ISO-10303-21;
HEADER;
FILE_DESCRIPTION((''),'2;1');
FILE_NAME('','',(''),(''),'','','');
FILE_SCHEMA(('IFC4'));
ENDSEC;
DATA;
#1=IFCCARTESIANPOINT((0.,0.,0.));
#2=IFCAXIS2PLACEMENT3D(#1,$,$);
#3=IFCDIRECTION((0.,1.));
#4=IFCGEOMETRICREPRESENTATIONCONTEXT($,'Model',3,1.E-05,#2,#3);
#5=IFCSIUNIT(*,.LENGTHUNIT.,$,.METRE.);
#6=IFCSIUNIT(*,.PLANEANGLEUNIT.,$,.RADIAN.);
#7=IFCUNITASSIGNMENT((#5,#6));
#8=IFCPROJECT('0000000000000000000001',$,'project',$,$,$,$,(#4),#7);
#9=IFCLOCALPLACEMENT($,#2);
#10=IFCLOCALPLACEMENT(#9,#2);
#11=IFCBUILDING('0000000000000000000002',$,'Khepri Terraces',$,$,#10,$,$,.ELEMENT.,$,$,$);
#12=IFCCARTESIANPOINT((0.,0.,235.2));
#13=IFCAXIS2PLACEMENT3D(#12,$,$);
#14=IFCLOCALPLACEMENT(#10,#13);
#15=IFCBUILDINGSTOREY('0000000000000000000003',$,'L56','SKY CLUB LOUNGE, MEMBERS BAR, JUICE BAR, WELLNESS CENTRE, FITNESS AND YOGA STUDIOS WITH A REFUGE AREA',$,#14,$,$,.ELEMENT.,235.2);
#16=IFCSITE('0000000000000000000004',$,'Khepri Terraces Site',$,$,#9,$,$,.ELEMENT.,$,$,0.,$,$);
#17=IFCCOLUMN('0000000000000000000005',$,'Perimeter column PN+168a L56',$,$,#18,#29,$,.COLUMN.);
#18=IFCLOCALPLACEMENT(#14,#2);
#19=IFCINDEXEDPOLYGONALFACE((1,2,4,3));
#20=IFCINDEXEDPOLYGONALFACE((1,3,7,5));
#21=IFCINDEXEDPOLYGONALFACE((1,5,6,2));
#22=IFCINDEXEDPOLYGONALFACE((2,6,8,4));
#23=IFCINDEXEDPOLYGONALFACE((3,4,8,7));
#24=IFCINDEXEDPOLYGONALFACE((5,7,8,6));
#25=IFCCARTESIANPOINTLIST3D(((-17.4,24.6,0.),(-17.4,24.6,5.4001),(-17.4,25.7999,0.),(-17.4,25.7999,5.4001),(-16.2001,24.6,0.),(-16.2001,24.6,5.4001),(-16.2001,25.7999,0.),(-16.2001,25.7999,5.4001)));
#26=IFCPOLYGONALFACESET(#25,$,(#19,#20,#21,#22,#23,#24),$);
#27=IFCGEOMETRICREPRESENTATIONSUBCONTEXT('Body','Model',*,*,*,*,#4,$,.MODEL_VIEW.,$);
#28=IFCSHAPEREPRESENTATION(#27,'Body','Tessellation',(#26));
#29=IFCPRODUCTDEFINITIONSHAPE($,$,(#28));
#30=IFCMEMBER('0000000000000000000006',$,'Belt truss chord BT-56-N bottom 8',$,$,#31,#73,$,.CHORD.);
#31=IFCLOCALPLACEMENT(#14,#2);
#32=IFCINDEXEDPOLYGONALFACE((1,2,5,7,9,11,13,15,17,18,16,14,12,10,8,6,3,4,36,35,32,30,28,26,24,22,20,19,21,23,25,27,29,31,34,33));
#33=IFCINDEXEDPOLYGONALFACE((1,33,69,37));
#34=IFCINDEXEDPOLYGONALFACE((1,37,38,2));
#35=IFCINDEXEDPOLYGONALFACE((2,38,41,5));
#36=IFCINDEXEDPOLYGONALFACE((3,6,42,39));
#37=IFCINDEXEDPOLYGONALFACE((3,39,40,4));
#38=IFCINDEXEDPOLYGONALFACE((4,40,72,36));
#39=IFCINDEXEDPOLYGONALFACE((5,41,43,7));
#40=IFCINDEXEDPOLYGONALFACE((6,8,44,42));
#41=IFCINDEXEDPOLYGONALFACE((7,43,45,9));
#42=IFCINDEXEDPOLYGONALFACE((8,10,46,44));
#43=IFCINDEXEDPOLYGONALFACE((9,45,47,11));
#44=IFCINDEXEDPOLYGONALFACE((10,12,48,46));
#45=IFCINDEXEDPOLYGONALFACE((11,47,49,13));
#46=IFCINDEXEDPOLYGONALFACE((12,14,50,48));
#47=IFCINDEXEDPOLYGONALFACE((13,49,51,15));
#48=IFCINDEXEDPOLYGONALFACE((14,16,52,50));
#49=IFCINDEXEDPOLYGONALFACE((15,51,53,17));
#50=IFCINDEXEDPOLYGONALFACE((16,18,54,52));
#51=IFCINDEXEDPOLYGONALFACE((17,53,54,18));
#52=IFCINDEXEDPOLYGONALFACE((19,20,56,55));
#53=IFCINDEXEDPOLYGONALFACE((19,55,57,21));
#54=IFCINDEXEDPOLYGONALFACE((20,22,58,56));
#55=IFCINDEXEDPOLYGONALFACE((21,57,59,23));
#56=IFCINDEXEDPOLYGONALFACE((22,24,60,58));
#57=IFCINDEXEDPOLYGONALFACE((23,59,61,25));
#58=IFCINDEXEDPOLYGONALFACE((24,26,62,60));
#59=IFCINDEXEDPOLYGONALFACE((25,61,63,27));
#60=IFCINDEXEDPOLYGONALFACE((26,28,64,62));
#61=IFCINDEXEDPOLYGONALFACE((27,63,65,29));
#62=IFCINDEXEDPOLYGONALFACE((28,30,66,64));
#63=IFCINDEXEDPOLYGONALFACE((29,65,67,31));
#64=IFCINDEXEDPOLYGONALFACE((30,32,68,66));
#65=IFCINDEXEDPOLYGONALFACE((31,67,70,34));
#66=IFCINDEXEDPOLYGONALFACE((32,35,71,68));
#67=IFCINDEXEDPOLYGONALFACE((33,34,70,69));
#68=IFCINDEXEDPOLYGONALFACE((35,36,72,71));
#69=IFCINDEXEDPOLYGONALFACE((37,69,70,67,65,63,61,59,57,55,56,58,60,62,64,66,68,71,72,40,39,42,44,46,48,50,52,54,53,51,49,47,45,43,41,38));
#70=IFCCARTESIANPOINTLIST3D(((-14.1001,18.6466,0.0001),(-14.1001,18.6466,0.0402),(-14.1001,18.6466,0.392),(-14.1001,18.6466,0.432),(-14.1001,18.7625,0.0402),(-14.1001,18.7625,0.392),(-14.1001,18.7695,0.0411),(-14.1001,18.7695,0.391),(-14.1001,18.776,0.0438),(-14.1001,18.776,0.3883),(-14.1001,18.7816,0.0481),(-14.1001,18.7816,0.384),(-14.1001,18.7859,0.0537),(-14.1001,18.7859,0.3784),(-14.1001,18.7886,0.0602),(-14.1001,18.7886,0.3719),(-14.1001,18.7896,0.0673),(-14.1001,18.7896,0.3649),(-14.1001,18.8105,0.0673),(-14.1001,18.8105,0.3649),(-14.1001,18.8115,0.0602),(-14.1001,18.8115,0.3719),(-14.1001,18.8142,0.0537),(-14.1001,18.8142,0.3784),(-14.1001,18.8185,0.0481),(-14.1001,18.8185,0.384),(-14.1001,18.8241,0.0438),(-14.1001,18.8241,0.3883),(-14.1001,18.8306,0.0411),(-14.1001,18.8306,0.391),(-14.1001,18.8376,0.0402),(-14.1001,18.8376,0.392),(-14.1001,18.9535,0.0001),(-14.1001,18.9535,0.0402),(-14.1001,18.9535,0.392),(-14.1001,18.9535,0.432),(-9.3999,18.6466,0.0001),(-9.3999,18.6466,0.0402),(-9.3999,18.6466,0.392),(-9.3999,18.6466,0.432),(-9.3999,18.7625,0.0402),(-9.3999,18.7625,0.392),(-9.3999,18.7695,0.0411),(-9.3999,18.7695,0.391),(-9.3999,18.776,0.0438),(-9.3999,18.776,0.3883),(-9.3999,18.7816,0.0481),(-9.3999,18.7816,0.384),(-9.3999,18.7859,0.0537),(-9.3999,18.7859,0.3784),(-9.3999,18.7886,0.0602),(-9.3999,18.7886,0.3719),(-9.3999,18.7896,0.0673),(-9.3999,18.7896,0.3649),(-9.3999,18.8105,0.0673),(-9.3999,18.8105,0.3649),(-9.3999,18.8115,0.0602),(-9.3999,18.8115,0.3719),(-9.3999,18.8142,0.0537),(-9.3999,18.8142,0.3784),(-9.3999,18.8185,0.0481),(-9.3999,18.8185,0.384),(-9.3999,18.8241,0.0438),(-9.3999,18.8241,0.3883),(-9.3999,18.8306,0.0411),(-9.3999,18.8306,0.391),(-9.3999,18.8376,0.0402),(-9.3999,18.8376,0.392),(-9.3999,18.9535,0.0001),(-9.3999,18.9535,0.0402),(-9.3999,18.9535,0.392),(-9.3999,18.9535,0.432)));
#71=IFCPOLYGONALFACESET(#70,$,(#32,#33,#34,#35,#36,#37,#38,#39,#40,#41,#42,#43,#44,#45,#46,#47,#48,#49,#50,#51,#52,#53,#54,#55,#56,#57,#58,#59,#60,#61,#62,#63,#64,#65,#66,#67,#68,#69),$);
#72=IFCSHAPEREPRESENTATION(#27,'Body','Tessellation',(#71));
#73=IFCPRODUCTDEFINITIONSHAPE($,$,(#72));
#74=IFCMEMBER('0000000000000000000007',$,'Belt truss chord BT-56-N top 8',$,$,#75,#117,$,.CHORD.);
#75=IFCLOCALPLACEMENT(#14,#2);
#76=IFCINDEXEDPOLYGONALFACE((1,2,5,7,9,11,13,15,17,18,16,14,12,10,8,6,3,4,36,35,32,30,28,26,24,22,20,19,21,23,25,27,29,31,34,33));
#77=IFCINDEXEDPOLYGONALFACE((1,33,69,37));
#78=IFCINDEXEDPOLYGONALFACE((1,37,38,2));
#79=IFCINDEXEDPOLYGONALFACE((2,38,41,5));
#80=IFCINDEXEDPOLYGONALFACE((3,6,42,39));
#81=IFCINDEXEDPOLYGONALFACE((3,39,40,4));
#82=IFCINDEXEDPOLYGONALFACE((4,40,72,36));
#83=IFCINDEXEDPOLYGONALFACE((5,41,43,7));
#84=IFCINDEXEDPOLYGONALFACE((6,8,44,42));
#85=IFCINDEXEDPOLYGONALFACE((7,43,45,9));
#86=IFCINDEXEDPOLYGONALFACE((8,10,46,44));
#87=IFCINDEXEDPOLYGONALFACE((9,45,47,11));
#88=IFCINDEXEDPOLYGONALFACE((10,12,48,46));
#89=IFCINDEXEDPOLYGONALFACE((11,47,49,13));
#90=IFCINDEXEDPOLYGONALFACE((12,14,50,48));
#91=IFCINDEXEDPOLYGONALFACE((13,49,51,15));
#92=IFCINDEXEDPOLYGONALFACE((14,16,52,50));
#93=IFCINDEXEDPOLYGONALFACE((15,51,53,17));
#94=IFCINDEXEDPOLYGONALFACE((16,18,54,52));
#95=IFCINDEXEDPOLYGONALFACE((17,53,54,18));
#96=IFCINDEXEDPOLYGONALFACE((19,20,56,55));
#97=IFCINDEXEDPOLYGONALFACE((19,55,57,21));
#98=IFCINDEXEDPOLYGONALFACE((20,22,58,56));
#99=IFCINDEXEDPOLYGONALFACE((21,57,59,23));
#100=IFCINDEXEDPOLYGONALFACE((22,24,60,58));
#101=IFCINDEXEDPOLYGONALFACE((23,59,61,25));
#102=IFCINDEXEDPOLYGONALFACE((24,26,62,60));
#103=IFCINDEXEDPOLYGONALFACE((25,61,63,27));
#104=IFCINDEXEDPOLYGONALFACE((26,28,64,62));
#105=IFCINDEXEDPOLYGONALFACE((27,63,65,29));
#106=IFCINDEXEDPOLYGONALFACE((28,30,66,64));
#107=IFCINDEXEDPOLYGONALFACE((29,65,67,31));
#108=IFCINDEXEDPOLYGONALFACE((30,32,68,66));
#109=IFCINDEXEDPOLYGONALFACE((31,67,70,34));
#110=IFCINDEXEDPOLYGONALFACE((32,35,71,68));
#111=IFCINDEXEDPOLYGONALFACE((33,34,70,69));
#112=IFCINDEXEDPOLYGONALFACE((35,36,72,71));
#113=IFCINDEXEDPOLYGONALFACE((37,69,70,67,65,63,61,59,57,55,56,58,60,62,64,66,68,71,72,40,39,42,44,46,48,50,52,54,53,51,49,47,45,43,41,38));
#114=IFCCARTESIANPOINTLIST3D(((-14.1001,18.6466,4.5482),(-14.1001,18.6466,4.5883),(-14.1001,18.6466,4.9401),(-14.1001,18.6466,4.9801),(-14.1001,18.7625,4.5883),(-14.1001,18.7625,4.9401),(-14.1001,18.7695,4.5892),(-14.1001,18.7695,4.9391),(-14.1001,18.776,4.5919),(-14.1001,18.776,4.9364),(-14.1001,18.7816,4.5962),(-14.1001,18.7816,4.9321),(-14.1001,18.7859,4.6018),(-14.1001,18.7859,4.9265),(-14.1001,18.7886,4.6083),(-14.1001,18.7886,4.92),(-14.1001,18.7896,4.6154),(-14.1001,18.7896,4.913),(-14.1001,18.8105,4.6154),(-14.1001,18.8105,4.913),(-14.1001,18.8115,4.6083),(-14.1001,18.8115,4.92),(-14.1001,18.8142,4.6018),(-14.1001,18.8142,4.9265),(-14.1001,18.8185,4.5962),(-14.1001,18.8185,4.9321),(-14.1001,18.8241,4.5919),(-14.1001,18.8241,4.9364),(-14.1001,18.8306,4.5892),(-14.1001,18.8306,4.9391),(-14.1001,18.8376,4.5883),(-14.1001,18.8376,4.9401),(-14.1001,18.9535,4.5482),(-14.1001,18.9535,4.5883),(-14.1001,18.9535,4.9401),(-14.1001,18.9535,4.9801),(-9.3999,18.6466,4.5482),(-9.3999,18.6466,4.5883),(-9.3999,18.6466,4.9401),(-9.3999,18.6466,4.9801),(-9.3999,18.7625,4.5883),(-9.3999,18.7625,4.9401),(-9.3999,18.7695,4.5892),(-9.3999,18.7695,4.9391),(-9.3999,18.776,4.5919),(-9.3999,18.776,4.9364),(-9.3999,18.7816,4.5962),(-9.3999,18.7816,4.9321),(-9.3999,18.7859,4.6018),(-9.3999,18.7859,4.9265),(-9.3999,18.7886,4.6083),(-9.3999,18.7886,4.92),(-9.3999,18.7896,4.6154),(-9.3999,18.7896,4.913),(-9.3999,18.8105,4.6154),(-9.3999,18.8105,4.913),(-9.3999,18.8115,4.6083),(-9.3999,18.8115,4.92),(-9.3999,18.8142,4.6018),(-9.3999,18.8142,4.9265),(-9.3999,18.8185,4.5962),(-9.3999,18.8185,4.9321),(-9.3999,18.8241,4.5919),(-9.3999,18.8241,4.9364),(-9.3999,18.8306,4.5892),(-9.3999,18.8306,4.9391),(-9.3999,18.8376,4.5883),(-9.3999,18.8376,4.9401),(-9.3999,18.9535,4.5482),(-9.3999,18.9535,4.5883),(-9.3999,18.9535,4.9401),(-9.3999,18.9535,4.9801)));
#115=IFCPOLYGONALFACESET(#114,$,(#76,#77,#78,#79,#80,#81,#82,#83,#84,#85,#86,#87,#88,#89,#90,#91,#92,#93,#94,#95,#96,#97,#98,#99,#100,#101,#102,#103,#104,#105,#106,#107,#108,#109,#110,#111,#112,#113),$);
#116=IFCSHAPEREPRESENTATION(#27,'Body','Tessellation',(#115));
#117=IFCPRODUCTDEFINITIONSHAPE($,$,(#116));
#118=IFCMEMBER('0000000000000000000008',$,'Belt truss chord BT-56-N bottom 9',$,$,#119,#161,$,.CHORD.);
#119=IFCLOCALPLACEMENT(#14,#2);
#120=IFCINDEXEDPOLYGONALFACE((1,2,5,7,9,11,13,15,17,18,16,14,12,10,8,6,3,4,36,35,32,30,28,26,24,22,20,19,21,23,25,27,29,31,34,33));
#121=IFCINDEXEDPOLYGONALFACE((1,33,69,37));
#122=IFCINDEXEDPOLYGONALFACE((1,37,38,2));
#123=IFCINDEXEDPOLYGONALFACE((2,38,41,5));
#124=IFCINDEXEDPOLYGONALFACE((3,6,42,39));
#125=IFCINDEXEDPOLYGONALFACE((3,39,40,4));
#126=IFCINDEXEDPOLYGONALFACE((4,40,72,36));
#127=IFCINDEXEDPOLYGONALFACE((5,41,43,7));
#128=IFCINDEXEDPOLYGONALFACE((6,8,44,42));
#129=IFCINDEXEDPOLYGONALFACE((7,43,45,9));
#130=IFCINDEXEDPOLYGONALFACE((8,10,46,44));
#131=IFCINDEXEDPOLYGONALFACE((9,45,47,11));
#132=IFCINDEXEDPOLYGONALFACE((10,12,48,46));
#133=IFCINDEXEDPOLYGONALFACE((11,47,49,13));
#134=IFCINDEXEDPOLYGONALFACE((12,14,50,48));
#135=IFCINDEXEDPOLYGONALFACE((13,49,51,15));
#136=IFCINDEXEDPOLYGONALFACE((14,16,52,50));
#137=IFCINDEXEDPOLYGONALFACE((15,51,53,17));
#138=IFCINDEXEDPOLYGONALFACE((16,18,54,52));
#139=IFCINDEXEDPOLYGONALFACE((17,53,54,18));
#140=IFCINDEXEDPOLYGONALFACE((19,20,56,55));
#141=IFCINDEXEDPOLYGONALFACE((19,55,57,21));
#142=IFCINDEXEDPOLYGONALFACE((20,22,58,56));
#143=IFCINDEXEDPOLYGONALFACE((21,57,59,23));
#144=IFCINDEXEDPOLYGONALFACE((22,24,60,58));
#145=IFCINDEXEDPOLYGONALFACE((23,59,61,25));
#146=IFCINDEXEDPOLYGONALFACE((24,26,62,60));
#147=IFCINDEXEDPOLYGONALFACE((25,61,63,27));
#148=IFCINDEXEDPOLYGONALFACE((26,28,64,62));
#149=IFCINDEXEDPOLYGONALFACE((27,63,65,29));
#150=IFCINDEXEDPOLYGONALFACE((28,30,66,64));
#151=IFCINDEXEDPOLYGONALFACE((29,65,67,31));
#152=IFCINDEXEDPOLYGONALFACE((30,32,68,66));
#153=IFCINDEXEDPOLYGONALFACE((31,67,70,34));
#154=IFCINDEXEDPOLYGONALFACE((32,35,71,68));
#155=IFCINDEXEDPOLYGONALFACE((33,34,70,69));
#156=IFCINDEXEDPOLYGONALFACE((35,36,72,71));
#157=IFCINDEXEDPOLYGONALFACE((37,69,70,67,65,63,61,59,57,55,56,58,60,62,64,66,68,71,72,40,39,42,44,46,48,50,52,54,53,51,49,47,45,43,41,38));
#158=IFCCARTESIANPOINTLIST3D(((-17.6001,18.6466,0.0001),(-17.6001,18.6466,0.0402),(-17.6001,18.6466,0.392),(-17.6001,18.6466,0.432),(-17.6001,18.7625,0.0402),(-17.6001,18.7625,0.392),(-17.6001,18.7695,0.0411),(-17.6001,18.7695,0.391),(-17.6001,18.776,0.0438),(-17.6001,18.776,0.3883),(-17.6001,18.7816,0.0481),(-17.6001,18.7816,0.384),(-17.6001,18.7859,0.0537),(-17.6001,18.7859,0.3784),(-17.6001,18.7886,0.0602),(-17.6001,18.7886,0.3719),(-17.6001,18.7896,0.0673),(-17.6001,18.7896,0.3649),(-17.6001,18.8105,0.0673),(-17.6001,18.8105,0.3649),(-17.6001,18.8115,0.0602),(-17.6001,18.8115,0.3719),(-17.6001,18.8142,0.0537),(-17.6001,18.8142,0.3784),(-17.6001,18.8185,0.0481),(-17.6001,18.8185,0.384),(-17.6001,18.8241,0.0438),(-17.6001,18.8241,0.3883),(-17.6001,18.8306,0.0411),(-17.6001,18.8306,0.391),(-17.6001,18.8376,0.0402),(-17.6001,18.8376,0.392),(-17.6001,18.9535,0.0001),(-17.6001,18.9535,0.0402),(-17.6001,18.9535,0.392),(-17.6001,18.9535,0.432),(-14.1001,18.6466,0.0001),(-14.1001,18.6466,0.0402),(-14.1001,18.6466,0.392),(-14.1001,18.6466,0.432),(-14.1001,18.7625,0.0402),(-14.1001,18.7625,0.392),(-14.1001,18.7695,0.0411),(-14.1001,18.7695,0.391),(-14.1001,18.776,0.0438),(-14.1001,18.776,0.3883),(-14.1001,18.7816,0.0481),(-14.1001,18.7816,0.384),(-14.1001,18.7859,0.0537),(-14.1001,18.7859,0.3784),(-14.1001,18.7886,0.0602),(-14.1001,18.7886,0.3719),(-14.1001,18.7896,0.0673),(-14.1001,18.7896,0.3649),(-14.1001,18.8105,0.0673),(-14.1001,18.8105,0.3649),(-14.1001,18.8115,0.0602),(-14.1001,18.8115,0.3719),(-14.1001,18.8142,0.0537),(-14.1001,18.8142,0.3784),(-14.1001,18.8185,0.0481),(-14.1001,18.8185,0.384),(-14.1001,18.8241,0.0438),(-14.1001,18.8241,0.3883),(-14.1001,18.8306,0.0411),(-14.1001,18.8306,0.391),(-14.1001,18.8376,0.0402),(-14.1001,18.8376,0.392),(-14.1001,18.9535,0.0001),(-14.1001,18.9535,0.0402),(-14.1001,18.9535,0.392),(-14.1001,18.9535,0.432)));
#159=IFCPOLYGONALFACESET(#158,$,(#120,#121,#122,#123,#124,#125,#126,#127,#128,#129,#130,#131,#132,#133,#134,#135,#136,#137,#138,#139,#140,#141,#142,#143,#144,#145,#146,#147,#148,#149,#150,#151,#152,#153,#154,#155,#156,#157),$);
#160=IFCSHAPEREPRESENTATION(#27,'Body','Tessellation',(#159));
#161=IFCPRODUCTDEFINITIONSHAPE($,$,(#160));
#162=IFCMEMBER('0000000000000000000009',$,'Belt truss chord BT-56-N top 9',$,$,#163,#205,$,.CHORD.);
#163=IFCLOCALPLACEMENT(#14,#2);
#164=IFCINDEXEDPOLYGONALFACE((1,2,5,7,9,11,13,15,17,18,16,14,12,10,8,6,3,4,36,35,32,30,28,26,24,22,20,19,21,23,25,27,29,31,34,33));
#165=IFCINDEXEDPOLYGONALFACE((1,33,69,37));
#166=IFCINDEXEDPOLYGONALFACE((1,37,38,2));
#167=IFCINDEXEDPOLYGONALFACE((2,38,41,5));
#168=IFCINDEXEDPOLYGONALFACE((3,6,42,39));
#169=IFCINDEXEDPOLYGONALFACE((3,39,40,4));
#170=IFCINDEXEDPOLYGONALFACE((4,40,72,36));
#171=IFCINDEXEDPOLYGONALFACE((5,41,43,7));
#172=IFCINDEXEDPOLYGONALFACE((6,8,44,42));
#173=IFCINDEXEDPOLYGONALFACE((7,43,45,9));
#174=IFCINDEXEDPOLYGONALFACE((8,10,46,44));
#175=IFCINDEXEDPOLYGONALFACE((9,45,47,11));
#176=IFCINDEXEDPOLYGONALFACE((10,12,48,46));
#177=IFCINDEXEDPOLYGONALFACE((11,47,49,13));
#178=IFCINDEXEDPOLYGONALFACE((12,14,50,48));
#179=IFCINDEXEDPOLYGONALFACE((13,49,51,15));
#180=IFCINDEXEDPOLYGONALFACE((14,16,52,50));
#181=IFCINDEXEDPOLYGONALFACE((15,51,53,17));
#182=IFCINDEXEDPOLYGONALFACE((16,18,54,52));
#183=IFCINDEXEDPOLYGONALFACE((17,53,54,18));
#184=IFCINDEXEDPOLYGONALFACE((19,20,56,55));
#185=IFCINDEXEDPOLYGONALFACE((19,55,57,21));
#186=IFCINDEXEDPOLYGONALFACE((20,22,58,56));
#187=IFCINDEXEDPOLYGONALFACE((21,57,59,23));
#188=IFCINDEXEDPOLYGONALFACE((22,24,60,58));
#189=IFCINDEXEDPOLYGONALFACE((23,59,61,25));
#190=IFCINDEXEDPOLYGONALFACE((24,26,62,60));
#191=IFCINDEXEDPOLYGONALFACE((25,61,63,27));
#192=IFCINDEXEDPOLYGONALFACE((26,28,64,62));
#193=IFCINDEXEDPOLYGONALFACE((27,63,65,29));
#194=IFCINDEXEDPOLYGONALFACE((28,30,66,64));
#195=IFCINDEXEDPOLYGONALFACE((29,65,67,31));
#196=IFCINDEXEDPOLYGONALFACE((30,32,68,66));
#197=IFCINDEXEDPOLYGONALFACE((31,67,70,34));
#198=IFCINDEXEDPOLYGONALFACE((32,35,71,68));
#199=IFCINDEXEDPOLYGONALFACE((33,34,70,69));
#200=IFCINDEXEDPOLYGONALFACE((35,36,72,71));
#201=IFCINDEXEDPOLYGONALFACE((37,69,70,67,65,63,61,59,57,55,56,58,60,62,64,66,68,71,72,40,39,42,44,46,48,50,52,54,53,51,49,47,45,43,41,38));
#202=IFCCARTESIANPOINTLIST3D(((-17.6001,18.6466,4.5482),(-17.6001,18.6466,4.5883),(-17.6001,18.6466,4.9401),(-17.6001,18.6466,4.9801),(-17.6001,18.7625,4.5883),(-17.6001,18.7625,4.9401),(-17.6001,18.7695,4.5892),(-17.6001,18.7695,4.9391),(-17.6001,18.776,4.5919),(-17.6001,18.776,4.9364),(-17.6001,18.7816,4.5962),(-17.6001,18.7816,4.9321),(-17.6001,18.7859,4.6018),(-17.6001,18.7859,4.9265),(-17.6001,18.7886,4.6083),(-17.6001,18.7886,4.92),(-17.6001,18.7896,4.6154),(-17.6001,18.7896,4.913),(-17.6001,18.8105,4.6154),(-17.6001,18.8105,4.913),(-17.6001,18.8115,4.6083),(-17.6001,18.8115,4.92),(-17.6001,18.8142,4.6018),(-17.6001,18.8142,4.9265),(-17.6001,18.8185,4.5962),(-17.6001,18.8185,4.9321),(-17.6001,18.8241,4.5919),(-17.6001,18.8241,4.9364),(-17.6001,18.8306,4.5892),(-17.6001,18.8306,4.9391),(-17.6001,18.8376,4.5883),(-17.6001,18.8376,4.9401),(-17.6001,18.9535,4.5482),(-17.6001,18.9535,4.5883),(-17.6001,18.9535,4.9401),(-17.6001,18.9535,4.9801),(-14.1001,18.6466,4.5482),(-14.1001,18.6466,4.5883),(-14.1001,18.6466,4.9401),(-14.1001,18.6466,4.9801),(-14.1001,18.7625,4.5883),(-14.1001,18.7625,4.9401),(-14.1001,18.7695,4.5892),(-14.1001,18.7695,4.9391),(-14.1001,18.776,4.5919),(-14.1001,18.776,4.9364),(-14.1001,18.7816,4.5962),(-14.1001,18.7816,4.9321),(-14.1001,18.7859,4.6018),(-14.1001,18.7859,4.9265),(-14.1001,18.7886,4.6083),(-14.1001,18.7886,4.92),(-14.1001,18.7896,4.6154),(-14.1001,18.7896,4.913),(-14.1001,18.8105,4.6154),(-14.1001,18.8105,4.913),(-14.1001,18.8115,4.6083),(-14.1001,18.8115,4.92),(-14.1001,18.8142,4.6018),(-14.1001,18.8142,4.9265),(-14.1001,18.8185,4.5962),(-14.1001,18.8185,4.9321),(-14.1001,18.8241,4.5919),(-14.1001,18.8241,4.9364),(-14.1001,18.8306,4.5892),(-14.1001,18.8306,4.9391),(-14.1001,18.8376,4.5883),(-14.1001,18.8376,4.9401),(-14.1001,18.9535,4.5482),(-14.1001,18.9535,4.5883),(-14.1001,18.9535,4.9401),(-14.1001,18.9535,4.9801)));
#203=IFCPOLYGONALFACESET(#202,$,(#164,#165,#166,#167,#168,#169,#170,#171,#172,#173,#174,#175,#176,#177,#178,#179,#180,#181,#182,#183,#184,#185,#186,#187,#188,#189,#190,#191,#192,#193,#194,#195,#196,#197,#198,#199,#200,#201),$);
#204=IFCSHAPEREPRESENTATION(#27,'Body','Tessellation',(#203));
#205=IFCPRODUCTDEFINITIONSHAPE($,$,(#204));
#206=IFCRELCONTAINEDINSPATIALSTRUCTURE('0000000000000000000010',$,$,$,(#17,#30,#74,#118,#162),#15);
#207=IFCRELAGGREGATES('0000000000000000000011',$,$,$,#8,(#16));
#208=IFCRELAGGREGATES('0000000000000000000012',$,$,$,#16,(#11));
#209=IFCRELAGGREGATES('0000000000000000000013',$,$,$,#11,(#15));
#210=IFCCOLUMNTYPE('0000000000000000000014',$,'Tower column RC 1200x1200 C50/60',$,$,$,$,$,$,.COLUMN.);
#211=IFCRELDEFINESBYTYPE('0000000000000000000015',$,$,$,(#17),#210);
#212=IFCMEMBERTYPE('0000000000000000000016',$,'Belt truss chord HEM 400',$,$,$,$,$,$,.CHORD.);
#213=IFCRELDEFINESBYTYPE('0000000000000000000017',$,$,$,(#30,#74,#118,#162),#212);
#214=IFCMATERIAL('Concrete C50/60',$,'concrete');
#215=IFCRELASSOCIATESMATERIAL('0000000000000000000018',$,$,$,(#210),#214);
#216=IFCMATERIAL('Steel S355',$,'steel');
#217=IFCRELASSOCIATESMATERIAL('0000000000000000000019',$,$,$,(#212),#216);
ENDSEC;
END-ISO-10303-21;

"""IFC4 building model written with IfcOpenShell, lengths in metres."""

from ifc_helpers import new_model, si_unit, direction, frame, origin, origin_2d, place, context, subcontext, project, spatial, rectangle, i_section, extrude, material, material_profile, profile_set, type_object, element, save


model = new_model("IFC4")

# Units and contexts
model_context = context("Model", 3, precision=1e-05, world=origin(), true_north=direction((0.0, 1.0)))
body_context = subcontext(model_context, "Body", "Model", "MODEL_VIEW")
ifc_project = project(units=[si_unit("LENGTHUNIT", "METRE"), si_unit("PLANEANGLEUNIT", "RADIAN")], contexts=[model_context])

# Site, building, storey
site_placement = place(None, origin())
site = spatial("IfcSite", under=ifc_project, at=site_placement, Name="Khepri Terraces Site", CompositionType="ELEMENT", RefElevation=0.0)
building_placement = place(site_placement, origin())
building = spatial("IfcBuilding", under=site, at=building_placement, Name="Khepri Terraces", CompositionType="ELEMENT")
storey_placement = place(building_placement, frame((0.0, 0.0, 235.2)))
storey = spatial("IfcBuildingStorey", under=building, at=storey_placement, Name="L56", Description="SKY CLUB LOUNGE, MEMBERS BAR, JUICE BAR, WELLNESS CENTRE, FITNESS AND YOGA STUDIOS WITH A REFUGE AREA", CompositionType="ELEMENT", Elevation=235.2)

# Column
ifc_material_1 = material(Name="Concrete C50/60", Category="concrete")
ifc_material_profile_1 = material_profile(ifc_material_1, rectangle(XDim=1.2, YDim=1.2, at=origin_2d()), Name="Concrete C50/60", Category="concrete")
ifc_profile_set_1 = profile_set([ifc_material_profile_1], Name="Concrete C50/60")
column_type = type_object("IfcColumnType", Name="Tower column RC 1200x1200 C50/60", PredefinedType="COLUMN", material=ifc_profile_set_1)
column_placement = place(storey_placement, frame((-16.8, 25.2, 0.0), z_axis=(0.0, 0.0, 1.0), x_axis=(1.0, 0.0, 0.0)))
element("IfcColumn", 1, at=column_placement, inside=storey, type_object=column_type, Name="Perimeter column PN+168a L56", PredefinedType="COLUMN", context=body_context, shape_type="SweptSolid", body=[
    extrude(rectangle(XDim=1.2, YDim=1.2, at=origin_2d()), origin(), (0.0, 0.0, 1.0), 5.4001),
])

# Members
ifc_material_2 = material(Name="Steel S355", Category="steel")
ifc_material_profile_2 = material_profile(ifc_material_2, i_section(OverallWidth=0.3069, OverallDepth=0.4319, WebThickness=0.021, FlangeThickness=0.04, FilletRadius=0.0271, at=origin_2d()), Name="Steel S355", Category="steel")
ifc_profile_set_2 = profile_set([ifc_material_profile_2], Name="Steel S355")
member_type_1 = type_object("IfcMemberType", Name="Belt truss chord HEM 400", PredefinedType="CHORD", material=ifc_profile_set_2)
for number, where, z_axis, x_axis, name in (
    (2, (-9.3999, 18.8, 0.2161), (-1.0, 0.0, 0.0), (0.0, -1.0, 0.0), "Belt truss chord BT-56-N bottom 8"),
    (3, (-9.3999, 18.8, 4.7642), (-1.0, 0.0, 0.0), (0.0, -1.0, 0.0), "Belt truss chord BT-56-N top 8"),
):
    element("IfcMember", number, at=place(storey_placement, frame(where, z_axis=z_axis, x_axis=x_axis)), inside=storey, type_object=member_type_1, Name=name, PredefinedType="CHORD", context=body_context, shape_type="SweptSolid", body=[
        extrude(i_section(OverallWidth=0.3069, OverallDepth=0.4319, WebThickness=0.021, FlangeThickness=0.04, FilletRadius=0.0271, at=origin_2d()), origin(), (0.0, 0.0, 1.0), 4.7002),
    ])
for number, where, z_axis, x_axis, name in (
    (4, (-14.1001, 18.8, 0.2161), (-1.0, 0.0, 0.0), (0.0, -1.0, 0.0), "Belt truss chord BT-56-N bottom 9"),
    (5, (-14.1001, 18.8, 4.7642), (-1.0, 0.0, 0.0), (0.0, -1.0, 0.0), "Belt truss chord BT-56-N top 9"),
):
    element("IfcMember", number, at=place(storey_placement, frame(where, z_axis=z_axis, x_axis=x_axis)), inside=storey, type_object=member_type_1, Name=name, PredefinedType="CHORD", context=body_context, shape_type="SweptSolid", body=[
        extrude(i_section(OverallWidth=0.3069, OverallDepth=0.4319, WebThickness=0.021, FlangeThickness=0.04, FilletRadius=0.0271, at=origin_2d()), origin(), (0.0, 0.0, 1.0), 3.5),
    ])

save(model, "model.ifc")
